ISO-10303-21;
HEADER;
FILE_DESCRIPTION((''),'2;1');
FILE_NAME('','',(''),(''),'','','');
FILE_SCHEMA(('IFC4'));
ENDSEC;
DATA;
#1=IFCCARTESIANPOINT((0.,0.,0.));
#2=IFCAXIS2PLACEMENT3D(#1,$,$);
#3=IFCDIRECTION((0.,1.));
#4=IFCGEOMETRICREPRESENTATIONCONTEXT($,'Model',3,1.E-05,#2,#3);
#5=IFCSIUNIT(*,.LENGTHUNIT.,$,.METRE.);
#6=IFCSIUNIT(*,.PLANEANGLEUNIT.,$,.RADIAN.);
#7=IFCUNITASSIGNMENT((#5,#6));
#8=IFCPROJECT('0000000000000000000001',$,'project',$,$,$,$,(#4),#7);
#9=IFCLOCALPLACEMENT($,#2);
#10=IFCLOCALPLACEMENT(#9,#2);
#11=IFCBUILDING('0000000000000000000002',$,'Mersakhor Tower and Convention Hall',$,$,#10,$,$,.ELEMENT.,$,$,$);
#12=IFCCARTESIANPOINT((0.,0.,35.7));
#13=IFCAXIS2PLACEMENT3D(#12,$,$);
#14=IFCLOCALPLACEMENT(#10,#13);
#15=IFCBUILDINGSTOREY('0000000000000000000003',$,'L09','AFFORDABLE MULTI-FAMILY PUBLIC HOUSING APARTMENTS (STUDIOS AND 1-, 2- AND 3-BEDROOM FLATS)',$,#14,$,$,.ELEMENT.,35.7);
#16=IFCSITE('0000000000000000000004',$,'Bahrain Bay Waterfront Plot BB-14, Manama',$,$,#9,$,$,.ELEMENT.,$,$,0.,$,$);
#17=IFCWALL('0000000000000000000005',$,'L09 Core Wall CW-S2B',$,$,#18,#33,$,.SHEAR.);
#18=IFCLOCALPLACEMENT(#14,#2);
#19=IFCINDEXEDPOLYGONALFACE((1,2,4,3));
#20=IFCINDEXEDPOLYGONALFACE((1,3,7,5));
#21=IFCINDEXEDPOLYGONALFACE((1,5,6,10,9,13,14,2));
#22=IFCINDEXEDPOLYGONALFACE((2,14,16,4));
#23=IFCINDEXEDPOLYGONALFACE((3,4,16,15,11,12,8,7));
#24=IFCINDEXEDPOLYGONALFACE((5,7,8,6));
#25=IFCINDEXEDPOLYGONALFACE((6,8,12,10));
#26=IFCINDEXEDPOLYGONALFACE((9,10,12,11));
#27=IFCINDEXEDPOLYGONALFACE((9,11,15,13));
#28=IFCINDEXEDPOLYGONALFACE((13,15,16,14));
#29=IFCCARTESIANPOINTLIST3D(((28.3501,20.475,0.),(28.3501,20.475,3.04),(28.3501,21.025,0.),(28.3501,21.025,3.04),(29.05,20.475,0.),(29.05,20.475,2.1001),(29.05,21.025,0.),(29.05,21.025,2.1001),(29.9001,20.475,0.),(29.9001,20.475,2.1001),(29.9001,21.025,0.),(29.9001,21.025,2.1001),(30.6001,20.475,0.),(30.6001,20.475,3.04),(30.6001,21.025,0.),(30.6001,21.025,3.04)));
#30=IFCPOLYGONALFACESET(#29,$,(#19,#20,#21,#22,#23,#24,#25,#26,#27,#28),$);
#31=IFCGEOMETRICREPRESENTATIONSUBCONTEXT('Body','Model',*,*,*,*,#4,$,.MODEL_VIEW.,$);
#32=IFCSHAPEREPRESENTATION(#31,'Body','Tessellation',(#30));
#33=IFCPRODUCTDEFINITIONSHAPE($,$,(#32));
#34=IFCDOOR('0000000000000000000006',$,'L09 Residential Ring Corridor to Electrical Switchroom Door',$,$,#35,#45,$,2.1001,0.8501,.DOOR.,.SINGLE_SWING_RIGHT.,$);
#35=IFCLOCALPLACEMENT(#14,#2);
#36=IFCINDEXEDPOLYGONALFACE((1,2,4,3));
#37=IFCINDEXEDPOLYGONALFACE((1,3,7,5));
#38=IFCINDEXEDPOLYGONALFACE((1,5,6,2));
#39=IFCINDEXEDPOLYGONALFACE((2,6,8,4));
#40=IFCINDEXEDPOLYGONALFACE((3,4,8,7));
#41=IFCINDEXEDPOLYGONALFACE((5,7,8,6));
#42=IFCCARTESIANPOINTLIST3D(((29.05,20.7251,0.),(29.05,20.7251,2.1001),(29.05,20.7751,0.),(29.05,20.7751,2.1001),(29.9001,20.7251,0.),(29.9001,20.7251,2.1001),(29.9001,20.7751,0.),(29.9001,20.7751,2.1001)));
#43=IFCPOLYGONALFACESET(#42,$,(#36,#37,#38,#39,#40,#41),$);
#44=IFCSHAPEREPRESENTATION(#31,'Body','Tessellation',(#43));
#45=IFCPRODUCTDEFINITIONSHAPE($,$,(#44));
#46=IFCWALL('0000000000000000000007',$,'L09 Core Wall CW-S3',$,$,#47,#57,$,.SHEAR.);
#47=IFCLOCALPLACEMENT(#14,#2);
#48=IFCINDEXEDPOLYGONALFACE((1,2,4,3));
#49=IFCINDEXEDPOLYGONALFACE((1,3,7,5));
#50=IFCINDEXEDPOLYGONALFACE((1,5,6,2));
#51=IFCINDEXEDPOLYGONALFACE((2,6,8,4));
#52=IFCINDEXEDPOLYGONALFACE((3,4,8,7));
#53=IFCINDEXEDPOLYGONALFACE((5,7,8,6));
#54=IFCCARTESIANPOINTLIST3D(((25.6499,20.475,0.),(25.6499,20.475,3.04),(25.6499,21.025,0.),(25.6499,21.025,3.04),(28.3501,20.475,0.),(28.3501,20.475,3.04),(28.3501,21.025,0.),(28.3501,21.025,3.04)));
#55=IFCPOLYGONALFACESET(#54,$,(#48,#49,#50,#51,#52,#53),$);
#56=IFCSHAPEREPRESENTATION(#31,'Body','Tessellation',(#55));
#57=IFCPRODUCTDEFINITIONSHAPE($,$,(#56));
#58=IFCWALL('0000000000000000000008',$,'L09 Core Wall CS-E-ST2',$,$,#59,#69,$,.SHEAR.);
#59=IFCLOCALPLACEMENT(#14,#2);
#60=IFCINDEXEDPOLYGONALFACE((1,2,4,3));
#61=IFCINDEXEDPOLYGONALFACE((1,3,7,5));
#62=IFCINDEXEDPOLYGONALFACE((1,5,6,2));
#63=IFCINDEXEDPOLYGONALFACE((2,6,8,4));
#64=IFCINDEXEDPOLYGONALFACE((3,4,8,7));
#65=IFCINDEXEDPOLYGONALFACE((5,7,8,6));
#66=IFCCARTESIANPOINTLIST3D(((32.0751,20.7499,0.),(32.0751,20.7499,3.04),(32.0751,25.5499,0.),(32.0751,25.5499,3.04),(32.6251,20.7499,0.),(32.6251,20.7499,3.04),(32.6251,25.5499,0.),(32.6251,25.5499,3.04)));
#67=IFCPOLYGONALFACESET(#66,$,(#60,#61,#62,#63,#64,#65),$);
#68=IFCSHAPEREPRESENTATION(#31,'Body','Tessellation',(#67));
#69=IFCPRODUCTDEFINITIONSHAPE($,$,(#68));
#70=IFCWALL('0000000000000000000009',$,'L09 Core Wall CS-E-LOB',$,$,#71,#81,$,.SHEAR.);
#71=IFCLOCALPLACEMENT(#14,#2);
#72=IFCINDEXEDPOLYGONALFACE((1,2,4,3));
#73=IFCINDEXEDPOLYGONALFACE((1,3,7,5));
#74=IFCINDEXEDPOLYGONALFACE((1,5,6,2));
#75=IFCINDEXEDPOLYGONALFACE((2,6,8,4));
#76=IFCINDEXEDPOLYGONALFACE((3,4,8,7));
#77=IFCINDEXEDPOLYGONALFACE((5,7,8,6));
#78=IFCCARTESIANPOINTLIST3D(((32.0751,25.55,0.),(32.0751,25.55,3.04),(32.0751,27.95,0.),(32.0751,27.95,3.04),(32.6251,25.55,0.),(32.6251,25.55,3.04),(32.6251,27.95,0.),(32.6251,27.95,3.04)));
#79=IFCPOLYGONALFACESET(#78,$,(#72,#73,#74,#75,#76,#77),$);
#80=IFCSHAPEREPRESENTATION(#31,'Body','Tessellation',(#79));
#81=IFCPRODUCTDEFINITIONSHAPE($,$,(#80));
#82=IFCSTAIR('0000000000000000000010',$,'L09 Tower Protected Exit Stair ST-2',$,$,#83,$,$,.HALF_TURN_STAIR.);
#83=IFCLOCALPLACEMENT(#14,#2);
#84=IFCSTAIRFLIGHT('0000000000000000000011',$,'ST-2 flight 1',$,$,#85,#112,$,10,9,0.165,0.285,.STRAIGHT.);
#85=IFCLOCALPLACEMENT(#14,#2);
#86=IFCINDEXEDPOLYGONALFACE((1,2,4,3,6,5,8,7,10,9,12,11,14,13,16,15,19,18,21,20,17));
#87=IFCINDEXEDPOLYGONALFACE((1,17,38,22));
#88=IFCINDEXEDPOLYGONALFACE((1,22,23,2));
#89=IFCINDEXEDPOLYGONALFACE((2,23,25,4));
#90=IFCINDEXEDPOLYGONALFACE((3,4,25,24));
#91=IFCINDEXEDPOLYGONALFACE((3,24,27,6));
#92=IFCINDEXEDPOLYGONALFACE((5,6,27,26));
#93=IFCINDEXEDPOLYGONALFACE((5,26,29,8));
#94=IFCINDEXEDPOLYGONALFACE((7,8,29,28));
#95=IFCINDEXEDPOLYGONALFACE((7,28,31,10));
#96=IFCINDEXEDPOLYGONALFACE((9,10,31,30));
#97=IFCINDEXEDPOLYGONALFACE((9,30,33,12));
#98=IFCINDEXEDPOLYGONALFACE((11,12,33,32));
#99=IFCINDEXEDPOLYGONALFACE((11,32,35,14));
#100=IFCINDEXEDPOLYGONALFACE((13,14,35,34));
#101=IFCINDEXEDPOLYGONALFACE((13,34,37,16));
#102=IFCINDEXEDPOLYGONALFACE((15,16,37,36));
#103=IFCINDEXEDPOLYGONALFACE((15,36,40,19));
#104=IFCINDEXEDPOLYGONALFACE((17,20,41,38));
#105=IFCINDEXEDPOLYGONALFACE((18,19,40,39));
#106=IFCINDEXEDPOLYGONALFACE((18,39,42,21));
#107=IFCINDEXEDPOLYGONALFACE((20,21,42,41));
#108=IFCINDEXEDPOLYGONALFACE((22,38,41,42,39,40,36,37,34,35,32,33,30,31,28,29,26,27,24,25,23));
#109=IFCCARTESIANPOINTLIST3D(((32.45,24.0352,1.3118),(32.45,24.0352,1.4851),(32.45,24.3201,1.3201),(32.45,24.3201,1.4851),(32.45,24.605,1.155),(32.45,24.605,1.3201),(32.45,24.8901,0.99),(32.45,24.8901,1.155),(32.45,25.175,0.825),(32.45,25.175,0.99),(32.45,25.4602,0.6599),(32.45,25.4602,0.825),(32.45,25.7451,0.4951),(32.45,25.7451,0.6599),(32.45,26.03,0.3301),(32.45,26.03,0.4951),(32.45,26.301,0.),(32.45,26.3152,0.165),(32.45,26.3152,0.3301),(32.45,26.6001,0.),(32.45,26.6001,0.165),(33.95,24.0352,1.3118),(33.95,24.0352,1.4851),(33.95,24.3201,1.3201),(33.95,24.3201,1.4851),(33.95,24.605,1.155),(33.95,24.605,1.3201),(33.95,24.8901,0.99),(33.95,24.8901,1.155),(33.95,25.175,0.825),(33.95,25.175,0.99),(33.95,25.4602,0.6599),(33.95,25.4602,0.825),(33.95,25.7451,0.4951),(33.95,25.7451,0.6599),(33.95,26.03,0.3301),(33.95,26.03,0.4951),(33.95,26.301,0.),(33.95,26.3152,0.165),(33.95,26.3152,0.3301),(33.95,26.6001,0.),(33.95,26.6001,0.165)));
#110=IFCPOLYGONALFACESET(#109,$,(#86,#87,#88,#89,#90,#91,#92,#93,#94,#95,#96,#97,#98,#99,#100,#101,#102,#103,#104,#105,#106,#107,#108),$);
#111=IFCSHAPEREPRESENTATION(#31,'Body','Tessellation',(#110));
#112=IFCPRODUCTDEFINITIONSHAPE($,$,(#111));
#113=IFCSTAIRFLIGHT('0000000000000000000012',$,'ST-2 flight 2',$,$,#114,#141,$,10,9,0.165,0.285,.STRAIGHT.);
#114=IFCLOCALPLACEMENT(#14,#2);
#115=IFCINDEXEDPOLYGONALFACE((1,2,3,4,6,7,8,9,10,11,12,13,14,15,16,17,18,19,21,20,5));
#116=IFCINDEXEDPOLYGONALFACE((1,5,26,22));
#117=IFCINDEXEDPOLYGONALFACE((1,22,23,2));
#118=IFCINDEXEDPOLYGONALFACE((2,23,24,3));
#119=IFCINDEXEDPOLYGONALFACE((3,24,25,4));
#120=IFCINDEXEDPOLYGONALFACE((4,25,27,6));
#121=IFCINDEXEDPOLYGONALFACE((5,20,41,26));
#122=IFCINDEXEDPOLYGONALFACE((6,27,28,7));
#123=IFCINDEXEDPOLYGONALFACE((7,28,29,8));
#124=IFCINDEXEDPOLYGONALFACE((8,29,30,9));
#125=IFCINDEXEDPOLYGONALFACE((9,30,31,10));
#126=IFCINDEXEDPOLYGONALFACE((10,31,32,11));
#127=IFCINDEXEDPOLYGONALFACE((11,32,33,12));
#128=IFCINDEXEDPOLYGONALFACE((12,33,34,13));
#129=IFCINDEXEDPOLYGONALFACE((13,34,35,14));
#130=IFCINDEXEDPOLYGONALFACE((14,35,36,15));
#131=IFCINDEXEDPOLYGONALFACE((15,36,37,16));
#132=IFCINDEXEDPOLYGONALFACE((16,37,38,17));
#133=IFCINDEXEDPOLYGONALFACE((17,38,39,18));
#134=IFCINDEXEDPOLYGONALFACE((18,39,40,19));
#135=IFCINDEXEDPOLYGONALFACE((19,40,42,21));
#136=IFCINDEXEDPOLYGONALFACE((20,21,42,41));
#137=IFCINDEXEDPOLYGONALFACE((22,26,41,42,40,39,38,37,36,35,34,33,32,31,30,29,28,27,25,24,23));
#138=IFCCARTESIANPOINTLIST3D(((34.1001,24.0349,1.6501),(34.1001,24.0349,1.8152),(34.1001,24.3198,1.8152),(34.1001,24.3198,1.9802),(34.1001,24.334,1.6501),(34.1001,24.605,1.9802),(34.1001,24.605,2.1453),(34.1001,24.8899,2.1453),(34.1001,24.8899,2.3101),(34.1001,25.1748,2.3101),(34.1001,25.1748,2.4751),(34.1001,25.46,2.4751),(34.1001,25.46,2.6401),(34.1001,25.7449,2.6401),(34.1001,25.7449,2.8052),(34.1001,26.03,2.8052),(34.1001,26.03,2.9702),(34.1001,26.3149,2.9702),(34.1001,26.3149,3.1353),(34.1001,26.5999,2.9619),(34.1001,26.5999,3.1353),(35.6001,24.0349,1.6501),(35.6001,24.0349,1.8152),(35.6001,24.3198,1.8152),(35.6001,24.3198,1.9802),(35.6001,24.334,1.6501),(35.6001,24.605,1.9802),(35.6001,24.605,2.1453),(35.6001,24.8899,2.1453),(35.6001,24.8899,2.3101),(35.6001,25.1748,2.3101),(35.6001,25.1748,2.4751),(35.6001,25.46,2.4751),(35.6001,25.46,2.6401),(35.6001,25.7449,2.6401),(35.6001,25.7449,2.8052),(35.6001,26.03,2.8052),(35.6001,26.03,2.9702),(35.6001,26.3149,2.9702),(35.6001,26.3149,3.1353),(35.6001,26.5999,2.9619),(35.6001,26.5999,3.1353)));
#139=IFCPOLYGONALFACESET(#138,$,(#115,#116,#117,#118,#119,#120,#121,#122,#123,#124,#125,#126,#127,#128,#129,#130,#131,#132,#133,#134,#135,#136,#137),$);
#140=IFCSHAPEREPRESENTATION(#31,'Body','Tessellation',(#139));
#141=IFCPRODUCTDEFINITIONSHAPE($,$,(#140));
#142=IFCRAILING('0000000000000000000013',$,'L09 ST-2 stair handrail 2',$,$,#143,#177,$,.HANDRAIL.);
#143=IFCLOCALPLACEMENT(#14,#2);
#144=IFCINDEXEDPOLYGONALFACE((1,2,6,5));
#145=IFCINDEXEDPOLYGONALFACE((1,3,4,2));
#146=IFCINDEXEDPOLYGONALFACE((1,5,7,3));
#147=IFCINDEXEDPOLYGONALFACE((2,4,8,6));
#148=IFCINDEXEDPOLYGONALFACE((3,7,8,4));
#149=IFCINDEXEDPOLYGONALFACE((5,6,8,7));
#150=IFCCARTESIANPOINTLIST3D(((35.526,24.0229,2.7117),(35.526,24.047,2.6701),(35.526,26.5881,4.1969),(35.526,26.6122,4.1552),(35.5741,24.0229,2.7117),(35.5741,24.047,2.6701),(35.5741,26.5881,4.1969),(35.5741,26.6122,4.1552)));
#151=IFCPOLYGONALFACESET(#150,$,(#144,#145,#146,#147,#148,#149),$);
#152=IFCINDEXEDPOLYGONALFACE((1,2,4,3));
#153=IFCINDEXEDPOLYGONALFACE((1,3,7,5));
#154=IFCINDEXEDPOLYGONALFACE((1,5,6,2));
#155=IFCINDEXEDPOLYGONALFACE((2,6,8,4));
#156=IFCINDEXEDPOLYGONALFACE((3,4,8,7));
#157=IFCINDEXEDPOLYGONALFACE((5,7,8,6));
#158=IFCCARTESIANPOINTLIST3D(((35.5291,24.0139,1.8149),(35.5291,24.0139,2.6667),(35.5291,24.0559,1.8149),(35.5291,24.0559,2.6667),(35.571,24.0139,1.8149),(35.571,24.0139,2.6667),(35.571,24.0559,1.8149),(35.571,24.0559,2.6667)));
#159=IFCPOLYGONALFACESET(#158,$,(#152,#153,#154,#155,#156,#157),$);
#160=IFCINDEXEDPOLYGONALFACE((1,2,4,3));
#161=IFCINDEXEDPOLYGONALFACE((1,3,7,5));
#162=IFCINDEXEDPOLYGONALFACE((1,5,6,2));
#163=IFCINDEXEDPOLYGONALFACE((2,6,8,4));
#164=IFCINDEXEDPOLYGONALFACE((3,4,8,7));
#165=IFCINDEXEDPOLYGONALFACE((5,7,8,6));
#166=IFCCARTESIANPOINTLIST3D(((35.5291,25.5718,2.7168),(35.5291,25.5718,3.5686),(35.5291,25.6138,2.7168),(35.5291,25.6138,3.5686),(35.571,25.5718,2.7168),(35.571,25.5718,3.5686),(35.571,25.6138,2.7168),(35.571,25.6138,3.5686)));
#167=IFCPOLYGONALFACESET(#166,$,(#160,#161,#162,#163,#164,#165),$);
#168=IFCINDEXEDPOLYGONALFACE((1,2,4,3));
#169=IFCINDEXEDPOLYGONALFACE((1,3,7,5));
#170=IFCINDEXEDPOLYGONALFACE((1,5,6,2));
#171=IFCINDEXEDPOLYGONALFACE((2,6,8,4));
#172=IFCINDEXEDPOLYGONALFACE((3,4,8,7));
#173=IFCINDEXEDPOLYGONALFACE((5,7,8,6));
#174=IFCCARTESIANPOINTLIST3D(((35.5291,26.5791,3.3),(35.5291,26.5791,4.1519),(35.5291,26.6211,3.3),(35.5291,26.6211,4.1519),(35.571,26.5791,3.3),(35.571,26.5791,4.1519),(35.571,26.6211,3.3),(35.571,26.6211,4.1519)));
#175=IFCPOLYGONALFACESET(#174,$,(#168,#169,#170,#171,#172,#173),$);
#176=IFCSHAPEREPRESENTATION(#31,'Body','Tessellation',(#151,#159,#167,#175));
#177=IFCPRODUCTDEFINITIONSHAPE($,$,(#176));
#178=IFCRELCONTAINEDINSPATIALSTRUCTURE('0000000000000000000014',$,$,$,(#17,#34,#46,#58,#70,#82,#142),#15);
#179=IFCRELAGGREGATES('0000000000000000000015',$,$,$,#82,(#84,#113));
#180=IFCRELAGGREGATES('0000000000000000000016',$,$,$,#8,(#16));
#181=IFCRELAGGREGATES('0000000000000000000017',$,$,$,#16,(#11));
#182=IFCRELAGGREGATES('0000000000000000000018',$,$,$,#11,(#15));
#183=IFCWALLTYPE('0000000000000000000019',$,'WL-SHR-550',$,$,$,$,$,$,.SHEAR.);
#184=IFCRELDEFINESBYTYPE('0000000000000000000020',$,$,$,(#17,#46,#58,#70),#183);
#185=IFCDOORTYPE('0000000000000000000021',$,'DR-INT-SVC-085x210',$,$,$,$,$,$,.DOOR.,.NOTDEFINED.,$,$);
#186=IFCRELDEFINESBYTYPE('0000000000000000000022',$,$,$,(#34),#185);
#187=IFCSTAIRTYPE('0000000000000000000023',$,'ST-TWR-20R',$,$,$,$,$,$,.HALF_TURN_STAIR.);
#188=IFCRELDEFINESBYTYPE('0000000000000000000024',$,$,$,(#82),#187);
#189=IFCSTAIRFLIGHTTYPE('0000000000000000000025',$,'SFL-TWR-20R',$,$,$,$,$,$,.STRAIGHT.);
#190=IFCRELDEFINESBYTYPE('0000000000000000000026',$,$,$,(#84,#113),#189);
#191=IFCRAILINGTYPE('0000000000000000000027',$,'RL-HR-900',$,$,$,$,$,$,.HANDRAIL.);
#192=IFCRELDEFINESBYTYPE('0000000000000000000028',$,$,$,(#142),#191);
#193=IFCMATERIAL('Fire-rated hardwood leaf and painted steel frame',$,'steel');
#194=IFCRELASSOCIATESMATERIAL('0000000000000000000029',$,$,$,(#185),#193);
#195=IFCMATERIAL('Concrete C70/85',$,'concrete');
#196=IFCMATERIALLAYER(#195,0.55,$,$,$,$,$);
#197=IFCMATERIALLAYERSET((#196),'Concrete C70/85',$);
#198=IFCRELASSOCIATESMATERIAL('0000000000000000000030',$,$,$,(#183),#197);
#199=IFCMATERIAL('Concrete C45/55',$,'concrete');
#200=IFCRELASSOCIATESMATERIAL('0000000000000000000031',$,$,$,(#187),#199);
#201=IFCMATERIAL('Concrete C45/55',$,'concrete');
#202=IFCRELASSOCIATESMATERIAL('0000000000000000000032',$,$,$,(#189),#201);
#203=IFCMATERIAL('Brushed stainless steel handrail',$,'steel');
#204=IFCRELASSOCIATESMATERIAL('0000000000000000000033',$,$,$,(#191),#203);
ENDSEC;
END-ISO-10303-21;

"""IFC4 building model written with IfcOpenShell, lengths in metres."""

from ifc_helpers import new_model, si_unit, direction, frame, frame_2d, origin, origin_2d, place, context, subcontext, project, spatial, polyline, rectangle, outline, extrude, material, layer, layer_set, type_object, element, fill, aggregate, save


model = new_model("IFC4")

# Units and contexts
model_context = context("Model", 3, precision=1e-05, world=origin(), true_north=direction((0.0, 1.0)))
body_context = subcontext(model_context, "Body", "Model", "MODEL_VIEW")
ifc_project = project(units=[si_unit("LENGTHUNIT", "METRE"), si_unit("PLANEANGLEUNIT", "RADIAN")], contexts=[model_context])

# Site, building, storey
site_placement = place(None, origin())
site = spatial("IfcSite", under=ifc_project, at=site_placement, Name="Bahrain Bay Waterfront Plot BB-14, Manama", CompositionType="ELEMENT", RefElevation=0.0)
building_placement = place(site_placement, origin())
building = spatial("IfcBuilding", under=site, at=building_placement, Name="Mersakhor Tower and Convention Hall", CompositionType="ELEMENT")
storey_placement = place(building_placement, frame((0.0, 0.0, 35.7)))
storey = spatial("IfcBuildingStorey", under=building, at=storey_placement, Name="L09", Description="AFFORDABLE MULTI-FAMILY PUBLIC HOUSING APARTMENTS (STUDIOS AND 1-, 2- AND 3-BEDROOM FLATS)", CompositionType="ELEMENT", Elevation=35.7)

# Shared definitions
ifc_material_1 = material(Name="Fire-rated hardwood leaf and painted steel frame", Category="steel")
door_type_1 = type_object("IfcDoorType", Name="DR-INT-SVC-085x210", OperationType="NOTDEFINED", PredefinedType="DOOR", material=ifc_material_1)

# Shared definitions
ifc_material_2 = material(Name="Concrete C70/85", Category="concrete")
ifc_layer_1 = layer(ifc_material_2, 0.55)
ifc_layer_set_1 = layer_set([ifc_layer_1], Name="Concrete C70/85")
wall_type_1 = type_object("IfcWallType", Name="WL-SHR-550", PredefinedType="SHEAR", material=ifc_layer_set_1)

# Wall, opening, door
wall_1_placement = place(storey_placement, frame((30.6001, 20.75, 0.0), z_axis=(0.0, 0.0, 1.0), x_axis=(-1.0, 0.0, 0.0)))
wall_1 = element("IfcWall", 1, at=wall_1_placement, inside=storey, type_object=wall_type_1, Name="L09 Core Wall CW-S2B", PredefinedType="SHEAR", context=body_context, shape_type="SweptSolid", body=[
    extrude(rectangle(XDim=2.25, YDim=0.55, at=frame_2d((1.125, 0.0))), origin(), (0.0, 0.0, 1.0), 3.04),
])
opening_1_placement = place(wall_1_placement, frame((0.7, 0.0, 0.0)))
opening_1 = element("IfcOpeningElement", 2, at=opening_1_placement, cuts=wall_1, PredefinedType="OPENING", context=body_context, shape_type="SweptSolid", body=[
    extrude(rectangle(XDim=0.8501, YDim=2.1001, at=frame_2d((0.425, 1.05))), frame((0.0, 0.2849, 0.0), z_axis=(0.0, -1.0, 0.0), x_axis=(1.0, 0.0, 0.0)), (0.0, 0.0, 1.0), 0.5701),
])
door_1_placement = place(opening_1_placement, origin())
door_1 = element("IfcDoor", 3, at=door_1_placement, inside=storey, type_object=door_type_1, Name="L09 Residential Ring Corridor to Electrical Switchroom Door", OperationType="SINGLE_SWING_RIGHT", OverallHeight=2.1001, OverallWidth=0.8501, PredefinedType="DOOR", context=body_context, shape_type="SweptSolid", body=[
    extrude(rectangle(XDim=0.8501, YDim=2.1001, at=frame_2d((0.425, 1.05))), frame((0.0, 0.0249, 0.0), z_axis=(0.0, -1.0, 0.0), x_axis=(1.0, 0.0, 0.0)), (0.0, 0.0, 1.0), 0.05),
])
fill(opening_1, door_1)

# Walls
wall_2_placement = place(storey_placement, frame((28.3501, 20.75, 0.0), z_axis=(0.0, 0.0, 1.0), x_axis=(-1.0, 0.0, 0.0)))
element("IfcWall", 4, at=wall_2_placement, inside=storey, type_object=wall_type_1, Name="L09 Core Wall CW-S3", PredefinedType="SHEAR", context=body_context, shape_type="SweptSolid", body=[
    extrude(rectangle(XDim=2.7002, YDim=0.55, at=frame_2d((1.3501, 0.0))), origin(), (0.0, 0.0, 1.0), 3.04),
])
wall_3_placement = place(storey_placement, frame((32.3501, 20.75, 0.0), z_axis=(0.0, 0.0, 1.0), x_axis=(0.0, 1.0, 0.0)))
element("IfcWall", 5, at=wall_3_placement, inside=storey, type_object=wall_type_1, Name="L09 Core Wall CS-E-ST2", PredefinedType="SHEAR", context=body_context, shape_type="SweptSolid", body=[
    extrude(rectangle(XDim=4.8, YDim=0.55, at=frame_2d((2.3999, 0.0))), origin(), (0.0, 0.0, 1.0), 3.04),
])
wall_4_placement = place(storey_placement, frame((32.3501, 25.55, 0.0), z_axis=(0.0, 0.0, 1.0), x_axis=(0.0, 1.0, 0.0)))
element("IfcWall", 6, at=wall_4_placement, inside=storey, type_object=wall_type_1, Name="L09 Core Wall CS-E-LOB", PredefinedType="SHEAR", context=body_context, shape_type="SweptSolid", body=[
    extrude(rectangle(XDim=2.3999, YDim=0.55, at=frame_2d((1.2, 0.0))), origin(), (0.0, 0.0, 1.0), 3.04),
])

# Stair, stair flights
ifc_material_3 = material(Name="Concrete C45/55", Category="concrete")
stair_type = type_object("IfcStairType", Name="ST-TWR-20R", PredefinedType="HALF_TURN_STAIR", material=ifc_material_3)
stair_placement = place(storey_placement, origin())
stair = element("IfcStair", 7, at=stair_placement, inside=storey, type_object=stair_type, Name="L09 Tower Protected Exit Stair ST-2", PredefinedType="HALF_TURN_STAIR")
ifc_material_4 = material(Name="Concrete C45/55", Category="concrete")
stair_flight_type = type_object("IfcStairFlightType", Name="SFL-TWR-20R", PredefinedType="STRAIGHT", material=ifc_material_4)
stair_flight_1_placement = place(storey_placement, frame((33.2, 26.6001, 0.0), z_axis=(0.0, 0.0, 1.0), x_axis=(0.0, -1.0, 0.0)))
stair_flight_1 = element("IfcStairFlight", 8, at=stair_flight_1_placement, type_object=stair_flight_type, Name="ST-2 flight 1", NumberOfRisers=10, NumberOfTreads=9, PredefinedType="STRAIGHT", RiserHeight=0.165, TreadLength=0.285, context=body_context, shape_type="SweptSolid", body=[
    extrude(outline(polyline([(0.0, 0.0), (0.0, 0.165), (0.2849, 0.165), (0.2849, 0.3301), (0.5701, 0.3301), (0.5701, 0.4951), (0.855, 0.4951), (0.855, 0.6599), (1.1399, 0.6599), (1.1399, 0.825), (1.425, 0.825), (1.425, 0.99), (1.71, 0.99), (1.71, 1.155), (1.9951, 1.155), (1.9951, 1.3201), (2.28, 1.3201), (2.28, 1.4851), (2.5649, 1.4851), (2.5649, 1.6499), (2.5649, 1.3118), (0.2991, 0.0), (0.0, 0.0)])), frame((0.0, 0.75, 0.0), z_axis=(0.0, -1.0, 0.0), x_axis=(1.0, 0.0, 0.0)), (0.0, 0.0, 1.0), 1.5),
])
stair_flight_2_placement = place(storey_placement, frame((34.8501, 24.0349, 1.6501), z_axis=(0.0, 0.0, 1.0), x_axis=(0.0, 1.0, 0.0)))
stair_flight_2 = element("IfcStairFlight", 9, at=stair_flight_2_placement, type_object=stair_flight_type, Name="ST-2 flight 2", NumberOfRisers=10, NumberOfTreads=9, PredefinedType="STRAIGHT", RiserHeight=0.165, TreadLength=0.285, context=body_context, shape_type="SweptSolid", body=[
    extrude(outline(polyline([(0.0, 0.0), (0.0, 0.165), (0.2849, 0.165), (0.2849, 0.3301), (0.5701, 0.3301), (0.5701, 0.4951), (0.855, 0.4951), (0.855, 0.6599), (1.1399, 0.6599), (1.1399, 0.825), (1.425, 0.825), (1.425, 0.99), (1.71, 0.99), (1.71, 1.155), (1.9951, 1.155), (1.9951, 1.3201), (2.28, 1.3201), (2.28, 1.4851), (2.5649, 1.4851), (2.5649, 1.6499), (2.5649, 1.3118), (0.2991, 0.0), (0.0, 0.0)])), frame((0.0, 0.75, 0.0), z_axis=(0.0, -1.0, 0.0), x_axis=(1.0, 0.0, 0.0)), (0.0, 0.0, 1.0), 1.5),
])
aggregate(stair, [stair_flight_1, stair_flight_2])

# Railing
ifc_material_5 = material(Name="Brushed stainless steel handrail", Category="steel")
railing_type_1 = type_object("IfcRailingType", Name="RL-HR-900", PredefinedType="HANDRAIL", material=ifc_material_5)
railing_1_placement = place(storey_placement, frame((35.55, 24.0349, 1.8149)))
element("IfcRailing", 10, at=railing_1_placement, inside=storey, type_object=railing_type_1, Name="L09 ST-2 stair handrail 2", PredefinedType="HANDRAIL", context=body_context, shape_type="SweptSolid", body=[
    extrude(rectangle(XDim=0.0481, YDim=0.0481, at=origin_2d()), frame((0.0, 0.0, 0.876), z_axis=(0.0, 0.865426, 0.501036), x_axis=(-1.0, 0.0, 0.0)), (0.0, 0.0, 1.0), 2.9641),
    extrude(rectangle(XDim=0.042, YDim=0.042, at=origin_2d()), origin(), (0.0, 0.0, 1.0), 0.8518),
    extrude(rectangle(XDim=0.042, YDim=0.042, at=origin_2d()), frame((0.0, 1.5579, 0.9019)), (0.0, 0.0, 1.0), 0.8518),
    extrude(rectangle(XDim=0.042, YDim=0.042, at=origin_2d()), frame((0.0, 2.5652, 1.4851)), (0.0, 0.0, 1.0), 0.8518),
])

save(model, "model.ifc")
